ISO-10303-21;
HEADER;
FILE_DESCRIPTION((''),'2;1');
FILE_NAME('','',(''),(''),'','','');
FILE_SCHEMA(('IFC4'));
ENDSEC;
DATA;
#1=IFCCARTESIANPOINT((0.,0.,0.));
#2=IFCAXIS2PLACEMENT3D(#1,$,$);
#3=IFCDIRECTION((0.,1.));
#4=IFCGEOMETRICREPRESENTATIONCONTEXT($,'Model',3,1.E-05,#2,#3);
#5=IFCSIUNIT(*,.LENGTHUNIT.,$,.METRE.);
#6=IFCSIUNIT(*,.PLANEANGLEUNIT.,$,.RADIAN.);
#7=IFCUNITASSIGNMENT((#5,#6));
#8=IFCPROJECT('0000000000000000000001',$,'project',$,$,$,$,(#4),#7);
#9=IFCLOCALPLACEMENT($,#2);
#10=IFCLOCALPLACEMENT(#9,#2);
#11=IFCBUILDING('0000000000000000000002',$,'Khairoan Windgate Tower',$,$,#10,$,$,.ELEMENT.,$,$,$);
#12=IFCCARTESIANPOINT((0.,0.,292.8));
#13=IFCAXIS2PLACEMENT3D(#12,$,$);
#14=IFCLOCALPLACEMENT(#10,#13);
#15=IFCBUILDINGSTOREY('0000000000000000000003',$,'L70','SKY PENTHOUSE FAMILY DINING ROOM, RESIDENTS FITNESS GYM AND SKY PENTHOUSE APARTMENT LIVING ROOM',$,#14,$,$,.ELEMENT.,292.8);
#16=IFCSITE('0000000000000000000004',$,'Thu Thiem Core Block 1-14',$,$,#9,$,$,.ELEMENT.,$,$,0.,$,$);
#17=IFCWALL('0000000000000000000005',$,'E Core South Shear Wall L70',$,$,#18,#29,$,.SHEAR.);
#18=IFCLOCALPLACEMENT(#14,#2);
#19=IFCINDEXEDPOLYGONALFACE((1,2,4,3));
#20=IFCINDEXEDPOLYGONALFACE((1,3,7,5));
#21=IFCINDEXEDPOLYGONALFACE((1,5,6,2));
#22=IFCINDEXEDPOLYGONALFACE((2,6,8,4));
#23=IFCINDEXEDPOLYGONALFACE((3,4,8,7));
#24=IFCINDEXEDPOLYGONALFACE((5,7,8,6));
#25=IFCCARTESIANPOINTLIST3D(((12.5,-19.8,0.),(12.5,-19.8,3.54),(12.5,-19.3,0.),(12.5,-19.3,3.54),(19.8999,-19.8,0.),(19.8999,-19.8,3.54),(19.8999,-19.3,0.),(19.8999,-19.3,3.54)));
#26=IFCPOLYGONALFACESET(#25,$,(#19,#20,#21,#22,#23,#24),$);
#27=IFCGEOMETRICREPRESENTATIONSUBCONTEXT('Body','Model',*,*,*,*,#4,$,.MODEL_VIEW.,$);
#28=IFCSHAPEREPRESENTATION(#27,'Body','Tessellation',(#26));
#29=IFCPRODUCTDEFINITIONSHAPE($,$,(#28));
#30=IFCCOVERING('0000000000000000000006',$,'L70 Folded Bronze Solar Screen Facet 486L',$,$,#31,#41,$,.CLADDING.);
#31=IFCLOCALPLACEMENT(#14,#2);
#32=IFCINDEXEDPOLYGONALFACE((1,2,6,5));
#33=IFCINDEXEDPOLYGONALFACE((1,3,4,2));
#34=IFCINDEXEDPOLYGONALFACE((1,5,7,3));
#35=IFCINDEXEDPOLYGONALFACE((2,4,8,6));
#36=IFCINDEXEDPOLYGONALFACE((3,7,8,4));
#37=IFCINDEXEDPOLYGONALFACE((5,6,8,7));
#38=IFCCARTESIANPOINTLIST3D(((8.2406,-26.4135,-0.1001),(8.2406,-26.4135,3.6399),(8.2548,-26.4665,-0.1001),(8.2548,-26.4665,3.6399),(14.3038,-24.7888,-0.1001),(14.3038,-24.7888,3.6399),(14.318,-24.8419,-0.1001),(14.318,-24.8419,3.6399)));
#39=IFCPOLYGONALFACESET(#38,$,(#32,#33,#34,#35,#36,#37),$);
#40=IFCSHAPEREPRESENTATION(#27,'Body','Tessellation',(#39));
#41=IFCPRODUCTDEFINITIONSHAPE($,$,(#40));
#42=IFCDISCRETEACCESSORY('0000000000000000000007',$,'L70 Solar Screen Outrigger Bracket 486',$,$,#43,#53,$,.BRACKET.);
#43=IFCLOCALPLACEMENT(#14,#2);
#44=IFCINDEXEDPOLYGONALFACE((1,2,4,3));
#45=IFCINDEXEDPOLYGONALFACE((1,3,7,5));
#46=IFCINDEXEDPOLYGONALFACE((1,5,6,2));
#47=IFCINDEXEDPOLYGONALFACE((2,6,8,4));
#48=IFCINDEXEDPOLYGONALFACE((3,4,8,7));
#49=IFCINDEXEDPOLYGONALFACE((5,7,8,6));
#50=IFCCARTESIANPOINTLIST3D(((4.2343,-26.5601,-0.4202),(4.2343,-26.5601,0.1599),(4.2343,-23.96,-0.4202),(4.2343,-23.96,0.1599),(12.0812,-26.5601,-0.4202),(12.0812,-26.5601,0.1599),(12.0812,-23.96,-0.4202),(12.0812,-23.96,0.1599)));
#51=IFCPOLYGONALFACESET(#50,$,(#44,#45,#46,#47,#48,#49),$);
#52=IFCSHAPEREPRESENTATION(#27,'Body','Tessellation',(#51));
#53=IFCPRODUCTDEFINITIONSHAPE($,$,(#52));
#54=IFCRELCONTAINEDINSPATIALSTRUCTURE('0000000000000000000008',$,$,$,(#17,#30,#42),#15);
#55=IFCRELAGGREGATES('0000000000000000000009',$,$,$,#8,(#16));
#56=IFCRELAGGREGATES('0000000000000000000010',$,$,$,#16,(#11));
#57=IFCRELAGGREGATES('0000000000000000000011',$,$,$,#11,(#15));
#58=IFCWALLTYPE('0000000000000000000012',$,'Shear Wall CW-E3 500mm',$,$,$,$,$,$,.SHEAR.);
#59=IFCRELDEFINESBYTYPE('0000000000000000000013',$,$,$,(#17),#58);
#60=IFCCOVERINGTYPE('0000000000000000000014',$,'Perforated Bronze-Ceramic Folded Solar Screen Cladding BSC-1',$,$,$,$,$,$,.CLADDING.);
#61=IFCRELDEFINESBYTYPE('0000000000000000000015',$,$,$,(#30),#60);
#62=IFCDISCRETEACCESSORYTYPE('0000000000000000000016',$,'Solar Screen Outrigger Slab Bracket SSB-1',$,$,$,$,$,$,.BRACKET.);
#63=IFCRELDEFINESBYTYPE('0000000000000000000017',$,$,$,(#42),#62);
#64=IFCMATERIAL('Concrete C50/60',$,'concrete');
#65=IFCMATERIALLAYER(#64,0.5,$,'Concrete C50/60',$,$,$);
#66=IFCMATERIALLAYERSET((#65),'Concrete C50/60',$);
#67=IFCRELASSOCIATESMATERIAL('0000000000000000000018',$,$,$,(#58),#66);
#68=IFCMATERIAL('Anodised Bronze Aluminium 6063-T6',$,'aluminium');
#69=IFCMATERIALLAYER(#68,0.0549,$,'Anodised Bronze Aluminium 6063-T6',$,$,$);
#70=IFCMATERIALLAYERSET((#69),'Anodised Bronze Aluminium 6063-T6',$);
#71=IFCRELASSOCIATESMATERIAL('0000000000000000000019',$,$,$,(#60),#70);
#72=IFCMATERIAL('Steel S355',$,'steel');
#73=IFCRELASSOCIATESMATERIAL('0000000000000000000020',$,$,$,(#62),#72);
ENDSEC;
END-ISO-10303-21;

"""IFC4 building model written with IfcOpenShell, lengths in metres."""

from ifc_helpers import new_model, si_unit, direction, frame, frame_2d, origin, origin_2d, place, context, subcontext, project, spatial, rectangle, extrude, material, layer, layer_set, type_object, element, save


model = new_model("IFC4")

# Units and contexts
model_context = context("Model", 3, precision=1e-05, world=origin(), true_north=direction((0.0, 1.0)))
body_context = subcontext(model_context, "Body", "Model", "MODEL_VIEW")
ifc_project = project(units=[si_unit("LENGTHUNIT", "METRE"), si_unit("PLANEANGLEUNIT", "RADIAN")], contexts=[model_context])

# Site, building, storey
site_placement = place(None, origin())
site = spatial("IfcSite", under=ifc_project, at=site_placement, Name="Thu Thiem Core Block 1-14", CompositionType="ELEMENT", RefElevation=0.0)
building_placement = place(site_placement, origin())
building = spatial("IfcBuilding", under=site, at=building_placement, Name="Khairoan Windgate Tower", CompositionType="ELEMENT")
storey_placement = place(building_placement, frame((0.0, 0.0, 292.8)))
storey = spatial("IfcBuildingStorey", under=building, at=storey_placement, Name="L70", Description="SKY PENTHOUSE FAMILY DINING ROOM, RESIDENTS FITNESS GYM AND SKY PENTHOUSE APARTMENT LIVING ROOM", CompositionType="ELEMENT", Elevation=292.8)

# Shared definitions
ifc_material_1 = material(Name="Concrete C50/60", Category="concrete")
ifc_layer_1 = layer(ifc_material_1, 0.5, Name="Concrete C50/60")
ifc_layer_set_1 = layer_set([ifc_layer_1], Name="Concrete C50/60")
wall_type_1 = type_object("IfcWallType", Name="Shear Wall CW-E3 500mm", PredefinedType="SHEAR", material=ifc_layer_set_1)

# Wall
wall_1_placement = place(storey_placement, frame((12.5, -19.55, 0.0), z_axis=(0.0, 0.0, 1.0), x_axis=(1.0, 0.0, 0.0)))
element("IfcWall", 1, at=wall_1_placement, inside=storey, type_object=wall_type_1, Name="E Core South Shear Wall L70", PredefinedType="SHEAR", context=body_context, shape_type="SweptSolid", body=[
    extrude(rectangle(XDim=7.3999, YDim=0.5, at=frame_2d((3.7, 0.0))), origin(), (0.0, 0.0, 1.0), 3.54),
])

# Covering
ifc_material_2 = material(Name="Anodised Bronze Aluminium 6063-T6", Category="aluminium")
ifc_layer_2 = layer(ifc_material_2, 0.0549, Name="Anodised Bronze Aluminium 6063-T6")
ifc_layer_set_2 = layer_set([ifc_layer_2], Name="Anodised Bronze Aluminium 6063-T6")
covering_type = type_object("IfcCoveringType", Name="Perforated Bronze-Ceramic Folded Solar Screen Cladding BSC-1", PredefinedType="CLADDING", material=ifc_layer_set_2)
covering_placement = place(storey_placement, frame((11.2793, -25.6277, -0.1001), z_axis=(0.0, 0.0, 1.0), x_axis=(-0.965926, -0.258819, 0.0)))
element("IfcCovering", 2, at=covering_placement, inside=storey, type_object=covering_type, Name="L70 Folded Bronze Solar Screen Facet 486L", PredefinedType="CLADDING", context=body_context, shape_type="SweptSolid", body=[
    extrude(rectangle(XDim=6.2771, YDim=0.0549, at=origin_2d()), origin(), (0.0, 0.0, 1.0), 3.74),
])

# Discrete accessory
ifc_material_3 = material(Name="Steel S355", Category="steel")
discrete_accessory_type = type_object("IfcDiscreteAccessoryType", Name="Solar Screen Outrigger Slab Bracket SSB-1", PredefinedType="BRACKET", material=ifc_material_3)
discrete_accessory_placement = place(storey_placement, frame((8.1577, -25.26, -0.4202), z_axis=(0.0, 0.0, 1.0), x_axis=(-1.0, 0.0, 0.0)))
element("IfcDiscreteAccessory", 3, at=discrete_accessory_placement, inside=storey, type_object=discrete_accessory_type, Name="L70 Solar Screen Outrigger Bracket 486", PredefinedType="BRACKET", context=body_context, shape_type="SweptSolid", body=[
    extrude(rectangle(XDim=7.8469, YDim=2.6001, at=origin_2d()), origin(), (0.0, 0.0, 1.0), 0.5801),
])

save(model, "model.ifc")
